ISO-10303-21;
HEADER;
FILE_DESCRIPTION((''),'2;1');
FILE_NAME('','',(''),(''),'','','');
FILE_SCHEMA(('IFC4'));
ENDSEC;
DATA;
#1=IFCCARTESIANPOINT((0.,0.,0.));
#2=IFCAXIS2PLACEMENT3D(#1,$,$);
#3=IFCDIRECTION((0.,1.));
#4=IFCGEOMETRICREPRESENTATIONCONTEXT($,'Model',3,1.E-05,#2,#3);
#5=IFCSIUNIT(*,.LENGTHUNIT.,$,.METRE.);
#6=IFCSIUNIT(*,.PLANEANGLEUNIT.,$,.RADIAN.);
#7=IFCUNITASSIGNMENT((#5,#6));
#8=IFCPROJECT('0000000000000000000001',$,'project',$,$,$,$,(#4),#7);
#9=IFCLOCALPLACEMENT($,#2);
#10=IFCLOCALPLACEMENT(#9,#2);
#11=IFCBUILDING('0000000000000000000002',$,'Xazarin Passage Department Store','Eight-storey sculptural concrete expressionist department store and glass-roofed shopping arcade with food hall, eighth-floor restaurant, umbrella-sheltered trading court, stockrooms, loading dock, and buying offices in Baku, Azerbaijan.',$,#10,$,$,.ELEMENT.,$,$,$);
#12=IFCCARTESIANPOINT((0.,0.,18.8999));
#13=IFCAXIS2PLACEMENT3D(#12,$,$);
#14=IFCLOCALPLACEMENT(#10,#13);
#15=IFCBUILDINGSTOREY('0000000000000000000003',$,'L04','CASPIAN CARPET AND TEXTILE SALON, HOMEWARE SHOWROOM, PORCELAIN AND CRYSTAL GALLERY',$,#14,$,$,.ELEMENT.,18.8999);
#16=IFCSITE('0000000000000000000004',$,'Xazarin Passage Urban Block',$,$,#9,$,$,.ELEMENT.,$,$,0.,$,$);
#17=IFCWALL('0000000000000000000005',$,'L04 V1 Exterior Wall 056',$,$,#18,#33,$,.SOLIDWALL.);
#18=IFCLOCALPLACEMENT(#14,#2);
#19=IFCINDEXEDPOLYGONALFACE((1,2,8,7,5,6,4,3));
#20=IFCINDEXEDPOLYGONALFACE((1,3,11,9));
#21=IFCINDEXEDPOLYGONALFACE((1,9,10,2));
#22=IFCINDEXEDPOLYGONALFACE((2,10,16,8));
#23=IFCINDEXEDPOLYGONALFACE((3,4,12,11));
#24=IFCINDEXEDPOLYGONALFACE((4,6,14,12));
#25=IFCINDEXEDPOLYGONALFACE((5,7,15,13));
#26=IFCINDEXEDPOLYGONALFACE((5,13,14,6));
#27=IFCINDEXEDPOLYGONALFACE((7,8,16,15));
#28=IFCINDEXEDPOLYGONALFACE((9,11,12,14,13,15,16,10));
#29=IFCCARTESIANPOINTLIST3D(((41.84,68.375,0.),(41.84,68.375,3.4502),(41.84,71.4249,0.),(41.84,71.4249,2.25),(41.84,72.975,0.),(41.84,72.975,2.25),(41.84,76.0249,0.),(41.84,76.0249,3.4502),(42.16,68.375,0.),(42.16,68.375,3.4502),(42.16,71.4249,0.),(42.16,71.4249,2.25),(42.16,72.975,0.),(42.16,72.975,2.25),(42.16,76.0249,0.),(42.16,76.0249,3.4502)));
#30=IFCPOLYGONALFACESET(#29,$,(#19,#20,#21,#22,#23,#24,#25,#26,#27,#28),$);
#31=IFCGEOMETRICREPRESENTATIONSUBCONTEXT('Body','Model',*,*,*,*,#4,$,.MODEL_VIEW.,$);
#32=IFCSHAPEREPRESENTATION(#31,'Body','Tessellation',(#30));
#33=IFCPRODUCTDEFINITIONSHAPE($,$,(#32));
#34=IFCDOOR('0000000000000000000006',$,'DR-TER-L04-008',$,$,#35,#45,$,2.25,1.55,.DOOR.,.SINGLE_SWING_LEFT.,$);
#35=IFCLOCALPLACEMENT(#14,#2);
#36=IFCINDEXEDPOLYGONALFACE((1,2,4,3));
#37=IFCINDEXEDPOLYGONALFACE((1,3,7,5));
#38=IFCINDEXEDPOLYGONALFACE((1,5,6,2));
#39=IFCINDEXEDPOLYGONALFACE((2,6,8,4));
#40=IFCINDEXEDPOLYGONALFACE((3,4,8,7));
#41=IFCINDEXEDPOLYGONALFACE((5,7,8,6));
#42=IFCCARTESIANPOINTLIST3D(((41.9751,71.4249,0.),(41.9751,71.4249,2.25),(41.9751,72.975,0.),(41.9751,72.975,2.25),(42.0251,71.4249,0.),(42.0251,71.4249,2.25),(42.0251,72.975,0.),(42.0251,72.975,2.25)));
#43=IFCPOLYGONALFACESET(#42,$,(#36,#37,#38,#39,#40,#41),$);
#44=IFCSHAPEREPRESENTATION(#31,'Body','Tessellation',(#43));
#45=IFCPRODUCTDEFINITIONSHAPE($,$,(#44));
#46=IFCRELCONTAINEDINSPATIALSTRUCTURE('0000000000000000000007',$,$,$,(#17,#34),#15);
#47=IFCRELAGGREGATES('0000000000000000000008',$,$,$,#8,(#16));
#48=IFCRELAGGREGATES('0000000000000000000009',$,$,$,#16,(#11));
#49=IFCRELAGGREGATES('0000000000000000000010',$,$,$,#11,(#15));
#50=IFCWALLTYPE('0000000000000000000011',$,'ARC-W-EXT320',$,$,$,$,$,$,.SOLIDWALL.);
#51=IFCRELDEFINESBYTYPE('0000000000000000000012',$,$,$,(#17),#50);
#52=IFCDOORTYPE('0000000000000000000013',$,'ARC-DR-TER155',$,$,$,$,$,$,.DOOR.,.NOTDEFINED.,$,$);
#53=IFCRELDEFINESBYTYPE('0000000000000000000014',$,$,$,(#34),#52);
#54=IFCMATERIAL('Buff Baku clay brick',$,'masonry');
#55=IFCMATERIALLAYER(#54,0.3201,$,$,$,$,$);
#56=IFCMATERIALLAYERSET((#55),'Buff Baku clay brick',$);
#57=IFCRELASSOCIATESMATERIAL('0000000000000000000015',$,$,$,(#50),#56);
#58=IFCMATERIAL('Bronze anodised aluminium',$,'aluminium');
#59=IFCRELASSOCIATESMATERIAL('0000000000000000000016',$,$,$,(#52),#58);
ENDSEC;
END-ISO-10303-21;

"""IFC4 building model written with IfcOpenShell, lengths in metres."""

from ifc_helpers import new_model, si_unit, direction, frame, frame_2d, origin, place, context, subcontext, project, spatial, rectangle, extrude, material, layer, layer_set, type_object, element, fill, save


model = new_model("IFC4")

# Units and contexts
model_context = context("Model", 3, precision=1e-05, world=origin(), true_north=direction((0.0, 1.0)))
body_context = subcontext(model_context, "Body", "Model", "MODEL_VIEW")
ifc_project = project(units=[si_unit("LENGTHUNIT", "METRE"), si_unit("PLANEANGLEUNIT", "RADIAN")], contexts=[model_context])

# Site, building, storey
site_placement = place(None, origin())
site = spatial("IfcSite", under=ifc_project, at=site_placement, Name="Xazarin Passage Urban Block", CompositionType="ELEMENT", RefElevation=0.0)
building_placement = place(site_placement, origin())
building = spatial("IfcBuilding", under=site, at=building_placement, Name="Xazarin Passage Department Store", Description="Eight-storey sculptural concrete expressionist department store and glass-roofed shopping arcade with food hall, eighth-floor restaurant, umbrella-sheltered trading court, stockrooms, loading dock, and buying offices in Baku, Azerbaijan.", CompositionType="ELEMENT")
storey_placement = place(building_placement, frame((0.0, 0.0, 18.8999)))
storey = spatial("IfcBuildingStorey", under=building, at=storey_placement, Name="L04", Description="CASPIAN CARPET AND TEXTILE SALON, HOMEWARE SHOWROOM, PORCELAIN AND CRYSTAL GALLERY", CompositionType="ELEMENT", Elevation=18.8999)

# Shared definitions
ifc_material_1 = material(Name="Bronze anodised aluminium", Category="aluminium")

# Wall, opening, door
ifc_material_2 = material(Name="Buff Baku clay brick", Category="masonry")
ifc_layer_1 = layer(ifc_material_2, 0.3201)
ifc_layer_set_1 = layer_set([ifc_layer_1], Name="Buff Baku clay brick")
wall_type = type_object("IfcWallType", Name="ARC-W-EXT320", PredefinedType="SOLIDWALL", material=ifc_layer_set_1)
wall_placement = place(storey_placement, frame((42.0, 68.375, 0.0), z_axis=(0.0, 0.0, 1.0), x_axis=(0.0, 1.0, 0.0)))
wall = element("IfcWall", 1, at=wall_placement, inside=storey, type_object=wall_type, Name="L04 V1 Exterior Wall 056", PredefinedType="SOLIDWALL", context=body_context, shape_type="SweptSolid", body=[
    extrude(rectangle(XDim=7.6499, YDim=0.3201, at=frame_2d((3.825, 0.0))), origin(), (0.0, 0.0, 1.0), 3.4502),
])
opening_placement = place(wall_placement, frame((3.05, 0.0, 0.0)))
opening = element("IfcOpeningElement", 2, at=opening_placement, cuts=wall, PredefinedType="OPENING", context=body_context, shape_type="SweptSolid", body=[
    extrude(rectangle(XDim=1.55, YDim=2.25, at=frame_2d((0.7749, 1.125))), frame((0.0, 0.1699, 0.0), z_axis=(0.0, -1.0, 0.0), x_axis=(1.0, 0.0, 0.0)), (0.0, 0.0, 1.0), 0.3401),
])
door_type = type_object("IfcDoorType", Name="ARC-DR-TER155", OperationType="NOTDEFINED", PredefinedType="DOOR", material=ifc_material_1)
door_placement = place(opening_placement, origin())
door = element("IfcDoor", 3, at=door_placement, inside=storey, type_object=door_type, Name="DR-TER-L04-008", OperationType="SINGLE_SWING_LEFT", OverallHeight=2.25, OverallWidth=1.55, PredefinedType="DOOR", context=body_context, shape_type="SweptSolid", body=[
    extrude(rectangle(XDim=1.55, YDim=2.25, at=frame_2d((0.7749, 1.125))), frame((0.0, 0.0249, 0.0), z_axis=(0.0, -1.0, 0.0), x_axis=(1.0, 0.0, 0.0)), (0.0, 0.0, 1.0), 0.05),
])
fill(opening, door)

save(model, "model.ifc")
